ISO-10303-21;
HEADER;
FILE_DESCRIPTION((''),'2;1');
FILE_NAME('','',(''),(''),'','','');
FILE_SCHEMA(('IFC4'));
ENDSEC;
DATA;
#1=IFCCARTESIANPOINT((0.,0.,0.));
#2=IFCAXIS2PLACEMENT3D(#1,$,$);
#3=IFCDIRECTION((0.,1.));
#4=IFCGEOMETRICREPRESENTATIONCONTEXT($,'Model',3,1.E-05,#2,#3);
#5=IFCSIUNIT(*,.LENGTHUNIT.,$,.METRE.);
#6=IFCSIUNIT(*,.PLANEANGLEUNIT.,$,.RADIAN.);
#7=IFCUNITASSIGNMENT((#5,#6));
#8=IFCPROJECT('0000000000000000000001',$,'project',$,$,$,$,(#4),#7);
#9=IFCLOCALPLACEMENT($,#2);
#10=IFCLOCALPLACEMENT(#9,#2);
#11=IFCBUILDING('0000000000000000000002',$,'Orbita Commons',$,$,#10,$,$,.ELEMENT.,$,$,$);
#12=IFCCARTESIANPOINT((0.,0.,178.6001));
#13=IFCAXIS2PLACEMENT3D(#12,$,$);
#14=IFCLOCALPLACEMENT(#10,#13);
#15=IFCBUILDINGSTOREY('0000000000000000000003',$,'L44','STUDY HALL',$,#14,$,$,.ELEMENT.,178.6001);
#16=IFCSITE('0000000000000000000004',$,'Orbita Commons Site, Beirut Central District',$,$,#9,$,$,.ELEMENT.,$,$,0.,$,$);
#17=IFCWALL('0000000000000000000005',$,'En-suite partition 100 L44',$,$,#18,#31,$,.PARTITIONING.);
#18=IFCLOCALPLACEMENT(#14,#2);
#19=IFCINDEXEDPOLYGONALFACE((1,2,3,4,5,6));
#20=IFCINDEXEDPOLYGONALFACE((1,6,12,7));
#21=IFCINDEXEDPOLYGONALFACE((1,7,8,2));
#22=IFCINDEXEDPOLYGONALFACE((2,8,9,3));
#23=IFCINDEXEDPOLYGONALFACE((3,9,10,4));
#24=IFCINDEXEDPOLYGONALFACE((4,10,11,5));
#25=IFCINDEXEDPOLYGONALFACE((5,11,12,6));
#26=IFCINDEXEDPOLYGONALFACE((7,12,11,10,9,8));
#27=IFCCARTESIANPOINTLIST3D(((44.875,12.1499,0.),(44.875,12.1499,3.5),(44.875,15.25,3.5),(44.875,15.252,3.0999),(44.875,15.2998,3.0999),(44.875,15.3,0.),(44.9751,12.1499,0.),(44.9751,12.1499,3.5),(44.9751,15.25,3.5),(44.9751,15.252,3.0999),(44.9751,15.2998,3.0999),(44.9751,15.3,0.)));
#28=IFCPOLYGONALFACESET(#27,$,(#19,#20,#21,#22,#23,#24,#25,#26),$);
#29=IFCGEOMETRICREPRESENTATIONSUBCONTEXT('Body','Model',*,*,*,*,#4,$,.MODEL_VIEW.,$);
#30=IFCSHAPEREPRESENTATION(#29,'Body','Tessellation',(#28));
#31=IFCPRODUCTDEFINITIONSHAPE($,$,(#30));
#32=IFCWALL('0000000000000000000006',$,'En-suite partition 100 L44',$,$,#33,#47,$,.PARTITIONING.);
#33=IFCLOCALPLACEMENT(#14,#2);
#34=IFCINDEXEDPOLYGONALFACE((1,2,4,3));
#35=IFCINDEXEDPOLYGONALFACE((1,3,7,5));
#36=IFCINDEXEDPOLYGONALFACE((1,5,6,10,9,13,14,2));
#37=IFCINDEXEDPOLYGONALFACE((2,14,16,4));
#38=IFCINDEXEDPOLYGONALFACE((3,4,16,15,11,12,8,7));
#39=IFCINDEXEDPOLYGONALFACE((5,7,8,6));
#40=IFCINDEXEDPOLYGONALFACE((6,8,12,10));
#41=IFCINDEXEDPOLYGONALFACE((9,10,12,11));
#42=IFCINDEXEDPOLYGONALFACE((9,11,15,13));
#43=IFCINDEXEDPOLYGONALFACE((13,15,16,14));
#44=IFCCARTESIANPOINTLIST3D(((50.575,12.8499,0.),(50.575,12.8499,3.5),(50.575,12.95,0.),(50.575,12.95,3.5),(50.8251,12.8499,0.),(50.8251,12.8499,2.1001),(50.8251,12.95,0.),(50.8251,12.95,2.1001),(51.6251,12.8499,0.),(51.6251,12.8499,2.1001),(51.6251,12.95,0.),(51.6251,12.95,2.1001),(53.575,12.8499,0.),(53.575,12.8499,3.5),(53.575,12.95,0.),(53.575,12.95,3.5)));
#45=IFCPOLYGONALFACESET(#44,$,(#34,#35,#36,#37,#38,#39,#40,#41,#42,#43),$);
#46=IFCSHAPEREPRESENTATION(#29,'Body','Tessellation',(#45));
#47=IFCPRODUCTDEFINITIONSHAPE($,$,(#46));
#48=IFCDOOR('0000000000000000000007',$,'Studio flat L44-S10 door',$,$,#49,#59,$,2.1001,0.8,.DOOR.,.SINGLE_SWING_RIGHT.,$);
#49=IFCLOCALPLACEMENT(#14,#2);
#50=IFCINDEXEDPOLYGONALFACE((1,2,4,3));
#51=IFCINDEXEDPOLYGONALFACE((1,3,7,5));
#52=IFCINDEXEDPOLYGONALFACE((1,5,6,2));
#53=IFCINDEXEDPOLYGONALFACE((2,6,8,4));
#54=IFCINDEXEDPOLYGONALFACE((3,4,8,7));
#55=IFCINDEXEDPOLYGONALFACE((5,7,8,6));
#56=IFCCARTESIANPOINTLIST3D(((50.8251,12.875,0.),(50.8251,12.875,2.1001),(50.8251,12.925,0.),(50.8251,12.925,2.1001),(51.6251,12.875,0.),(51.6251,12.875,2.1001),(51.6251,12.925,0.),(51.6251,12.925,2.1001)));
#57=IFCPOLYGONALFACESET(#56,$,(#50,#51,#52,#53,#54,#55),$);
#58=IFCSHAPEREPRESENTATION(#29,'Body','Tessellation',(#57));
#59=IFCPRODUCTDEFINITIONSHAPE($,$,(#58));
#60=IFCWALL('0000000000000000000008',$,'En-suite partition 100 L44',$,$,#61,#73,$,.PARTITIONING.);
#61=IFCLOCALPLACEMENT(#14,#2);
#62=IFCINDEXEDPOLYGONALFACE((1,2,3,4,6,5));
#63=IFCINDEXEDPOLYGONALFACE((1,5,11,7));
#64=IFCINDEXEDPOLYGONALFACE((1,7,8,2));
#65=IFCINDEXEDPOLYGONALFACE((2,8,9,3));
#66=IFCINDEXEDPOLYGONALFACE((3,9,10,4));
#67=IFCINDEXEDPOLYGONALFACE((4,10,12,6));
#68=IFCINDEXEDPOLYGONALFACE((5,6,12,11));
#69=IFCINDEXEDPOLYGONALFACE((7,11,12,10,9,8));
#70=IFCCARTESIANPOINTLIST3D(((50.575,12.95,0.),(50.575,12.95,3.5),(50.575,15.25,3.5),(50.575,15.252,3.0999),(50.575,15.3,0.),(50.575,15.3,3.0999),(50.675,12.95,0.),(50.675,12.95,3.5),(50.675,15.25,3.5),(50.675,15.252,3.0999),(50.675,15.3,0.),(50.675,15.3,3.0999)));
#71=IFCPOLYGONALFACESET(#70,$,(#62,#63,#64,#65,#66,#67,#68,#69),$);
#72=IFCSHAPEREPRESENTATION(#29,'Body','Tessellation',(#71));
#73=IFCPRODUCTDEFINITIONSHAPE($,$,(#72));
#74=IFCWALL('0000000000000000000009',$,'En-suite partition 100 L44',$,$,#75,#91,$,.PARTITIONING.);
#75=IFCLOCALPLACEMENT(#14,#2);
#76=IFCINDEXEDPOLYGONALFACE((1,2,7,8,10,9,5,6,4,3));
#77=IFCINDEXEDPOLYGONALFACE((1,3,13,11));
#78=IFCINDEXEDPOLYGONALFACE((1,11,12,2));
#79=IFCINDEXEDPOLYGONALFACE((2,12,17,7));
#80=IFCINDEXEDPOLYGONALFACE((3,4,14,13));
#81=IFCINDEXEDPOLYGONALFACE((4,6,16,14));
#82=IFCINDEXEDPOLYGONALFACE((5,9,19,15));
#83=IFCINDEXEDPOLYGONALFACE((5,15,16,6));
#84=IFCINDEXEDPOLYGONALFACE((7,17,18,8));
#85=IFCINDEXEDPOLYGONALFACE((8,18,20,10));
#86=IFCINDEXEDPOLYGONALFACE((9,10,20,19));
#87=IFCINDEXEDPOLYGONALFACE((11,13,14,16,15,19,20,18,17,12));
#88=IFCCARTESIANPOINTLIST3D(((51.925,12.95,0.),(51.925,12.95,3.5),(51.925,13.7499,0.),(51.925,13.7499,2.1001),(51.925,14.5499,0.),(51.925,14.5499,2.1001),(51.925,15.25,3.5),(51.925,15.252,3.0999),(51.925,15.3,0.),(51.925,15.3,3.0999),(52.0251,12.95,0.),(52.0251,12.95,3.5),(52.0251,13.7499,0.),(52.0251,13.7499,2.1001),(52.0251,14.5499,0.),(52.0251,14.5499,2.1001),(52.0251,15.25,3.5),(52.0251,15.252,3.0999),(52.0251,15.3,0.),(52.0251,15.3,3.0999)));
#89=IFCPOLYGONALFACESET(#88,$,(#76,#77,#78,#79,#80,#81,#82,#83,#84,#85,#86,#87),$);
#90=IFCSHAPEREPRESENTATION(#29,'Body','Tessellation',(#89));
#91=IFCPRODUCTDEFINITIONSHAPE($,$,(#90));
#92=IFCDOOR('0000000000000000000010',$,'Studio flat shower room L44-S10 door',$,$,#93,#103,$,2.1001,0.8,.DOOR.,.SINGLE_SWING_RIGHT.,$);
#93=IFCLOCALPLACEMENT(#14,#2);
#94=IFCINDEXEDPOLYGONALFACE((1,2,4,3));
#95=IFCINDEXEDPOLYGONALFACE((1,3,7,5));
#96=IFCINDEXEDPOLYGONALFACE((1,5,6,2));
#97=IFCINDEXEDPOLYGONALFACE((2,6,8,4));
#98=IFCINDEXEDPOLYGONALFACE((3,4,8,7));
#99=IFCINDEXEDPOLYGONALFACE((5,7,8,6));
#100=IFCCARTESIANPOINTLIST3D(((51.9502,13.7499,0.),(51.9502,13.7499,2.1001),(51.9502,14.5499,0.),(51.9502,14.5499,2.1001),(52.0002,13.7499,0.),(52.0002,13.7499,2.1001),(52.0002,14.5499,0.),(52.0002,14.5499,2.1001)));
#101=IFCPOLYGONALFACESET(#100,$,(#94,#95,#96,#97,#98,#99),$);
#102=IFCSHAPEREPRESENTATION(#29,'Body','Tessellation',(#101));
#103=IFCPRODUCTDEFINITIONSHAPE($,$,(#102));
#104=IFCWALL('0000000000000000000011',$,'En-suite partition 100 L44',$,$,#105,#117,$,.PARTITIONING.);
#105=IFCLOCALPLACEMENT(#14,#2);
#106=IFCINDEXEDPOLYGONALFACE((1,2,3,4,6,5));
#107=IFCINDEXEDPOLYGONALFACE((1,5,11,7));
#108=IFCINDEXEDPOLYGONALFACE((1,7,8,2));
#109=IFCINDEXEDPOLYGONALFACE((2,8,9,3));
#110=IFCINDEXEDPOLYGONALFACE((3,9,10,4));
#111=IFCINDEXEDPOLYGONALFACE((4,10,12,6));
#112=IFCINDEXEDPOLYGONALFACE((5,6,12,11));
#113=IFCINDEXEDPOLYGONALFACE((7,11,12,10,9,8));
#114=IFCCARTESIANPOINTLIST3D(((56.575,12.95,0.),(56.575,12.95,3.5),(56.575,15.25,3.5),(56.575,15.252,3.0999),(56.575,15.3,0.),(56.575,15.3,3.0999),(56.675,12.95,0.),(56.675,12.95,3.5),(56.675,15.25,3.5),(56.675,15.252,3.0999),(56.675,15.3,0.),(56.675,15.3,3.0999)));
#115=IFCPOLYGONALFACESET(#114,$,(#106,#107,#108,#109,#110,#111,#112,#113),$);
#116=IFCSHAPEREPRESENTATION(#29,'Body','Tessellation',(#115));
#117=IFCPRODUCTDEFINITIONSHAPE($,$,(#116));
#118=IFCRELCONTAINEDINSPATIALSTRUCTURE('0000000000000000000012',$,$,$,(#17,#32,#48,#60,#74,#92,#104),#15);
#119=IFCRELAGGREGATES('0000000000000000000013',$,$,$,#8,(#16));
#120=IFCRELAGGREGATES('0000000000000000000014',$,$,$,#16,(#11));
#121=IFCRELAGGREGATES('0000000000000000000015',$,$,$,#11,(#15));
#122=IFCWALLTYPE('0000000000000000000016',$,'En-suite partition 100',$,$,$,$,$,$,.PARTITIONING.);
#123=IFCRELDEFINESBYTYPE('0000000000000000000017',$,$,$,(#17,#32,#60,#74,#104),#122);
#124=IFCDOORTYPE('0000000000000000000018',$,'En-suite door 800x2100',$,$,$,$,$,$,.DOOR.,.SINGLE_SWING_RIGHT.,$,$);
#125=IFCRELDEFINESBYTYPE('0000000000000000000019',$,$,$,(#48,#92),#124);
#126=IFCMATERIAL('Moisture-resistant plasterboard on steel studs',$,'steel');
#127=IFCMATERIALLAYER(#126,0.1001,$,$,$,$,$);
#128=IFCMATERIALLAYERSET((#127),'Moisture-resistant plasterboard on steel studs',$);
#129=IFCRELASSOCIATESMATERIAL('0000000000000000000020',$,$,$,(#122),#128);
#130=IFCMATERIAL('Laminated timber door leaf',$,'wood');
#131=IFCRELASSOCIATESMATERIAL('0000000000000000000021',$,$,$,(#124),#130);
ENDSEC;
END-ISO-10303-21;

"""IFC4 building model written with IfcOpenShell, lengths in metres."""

from ifc_helpers import new_model, si_unit, direction, frame, frame_2d, origin, place, context, subcontext, project, spatial, polyline, rectangle, outline, extrude, material, layer, layer_set, type_object, element, fill, save


model = new_model("IFC4")

# Units and contexts
model_context = context("Model", 3, precision=1e-05, world=origin(), true_north=direction((0.0, 1.0)))
body_context = subcontext(model_context, "Body", "Model", "MODEL_VIEW")
ifc_project = project(units=[si_unit("LENGTHUNIT", "METRE"), si_unit("PLANEANGLEUNIT", "RADIAN")], contexts=[model_context])

# Site, building, storey
site_placement = place(None, origin())
site = spatial("IfcSite", under=ifc_project, at=site_placement, Name="Orbita Commons Site, Beirut Central District", CompositionType="ELEMENT", RefElevation=0.0)
building_placement = place(site_placement, origin())
building = spatial("IfcBuilding", under=site, at=building_placement, Name="Orbita Commons", CompositionType="ELEMENT")
storey_placement = place(building_placement, frame((0.0, 0.0, 178.6001)))
storey = spatial("IfcBuildingStorey", under=building, at=storey_placement, Name="L44", Description="STUDY HALL", CompositionType="ELEMENT", Elevation=178.6001)

# Shared definitions
ifc_material_1 = material(Name="Moisture-resistant plasterboard on steel studs", Category="steel")
ifc_layer_1 = layer(ifc_material_1, 0.1001)
ifc_layer_set_1 = layer_set([ifc_layer_1], Name="Moisture-resistant plasterboard on steel studs")
wall_type_1 = type_object("IfcWallType", Name="En-suite partition 100", PredefinedType="PARTITIONING", material=ifc_layer_set_1)

# Wall
wall_1_placement = place(storey_placement, frame((44.925, 12.1499, 0.0), z_axis=(0.0, 0.0, 1.0), x_axis=(0.0, 1.0, 0.0)))
element("IfcWall", 1, at=wall_1_placement, inside=storey, type_object=wall_type_1, Name="En-suite partition 100 L44", PredefinedType="PARTITIONING", context=body_context, shape_type="SweptSolid", body=[
    extrude(outline(polyline([(0.0, 0.0), (3.1501, 0.0), (3.1499, 3.0999), (3.1021, 3.0999), (3.1001, 3.5), (0.0, 3.5), (0.0, 0.0)])), frame((0.0, 0.05, 0.0), z_axis=(0.0, -1.0, 0.0), x_axis=(1.0, 0.0, 0.0)), (0.0, 0.0, 1.0), 0.1001),
])

# Wall, opening, door
wall_2_placement = place(storey_placement, frame((53.575, 12.8999, 0.0), z_axis=(0.0, 0.0, 1.0), x_axis=(-1.0, 0.0, 0.0)))
wall_2 = element("IfcWall", 2, at=wall_2_placement, inside=storey, type_object=wall_type_1, Name="En-suite partition 100 L44", PredefinedType="PARTITIONING", context=body_context, shape_type="SweptSolid", body=[
    extrude(rectangle(XDim=3.0, YDim=0.1001, at=frame_2d((1.5, 0.0))), origin(), (0.0, 0.0, 1.0), 3.5),
])
opening_1_placement = place(wall_2_placement, frame((1.95, 0.0, 0.0)))
opening_1 = element("IfcOpeningElement", 3, at=opening_1_placement, cuts=wall_2, PredefinedType="OPENING", context=body_context, shape_type="SweptSolid", body=[
    extrude(rectangle(XDim=0.8, YDim=2.1001, at=frame_2d((0.3999, 1.05))), frame((0.0, 0.0601, 0.0), z_axis=(0.0, -1.0, 0.0), x_axis=(1.0, 0.0, 0.0)), (0.0, 0.0, 1.0), 0.1201),
])
ifc_material_2 = material(Name="Laminated timber door leaf", Category="wood")
door_type_1 = type_object("IfcDoorType", Name="En-suite door 800x2100", OperationType="SINGLE_SWING_RIGHT", PredefinedType="DOOR", material=ifc_material_2)
door_1_placement = place(opening_1_placement, origin())
door_1 = element("IfcDoor", 4, at=door_1_placement, inside=storey, type_object=door_type_1, Name="Studio flat L44-S10 door", OperationType="SINGLE_SWING_RIGHT", OverallHeight=2.1001, OverallWidth=0.8, PredefinedType="DOOR", context=body_context, shape_type="SweptSolid", body=[
    extrude(rectangle(XDim=0.8, YDim=2.1001, at=frame_2d((0.3999, 1.05))), frame((0.0, 0.0249, 0.0), z_axis=(0.0, -1.0, 0.0), x_axis=(1.0, 0.0, 0.0)), (0.0, 0.0, 1.0), 0.05),
])
fill(opening_1, door_1)

# Wall
wall_3_placement = place(storey_placement, frame((50.625, 12.95, 0.0), z_axis=(0.0, 0.0, 1.0), x_axis=(0.0, 1.0, 0.0)))
element("IfcWall", 5, at=wall_3_placement, inside=storey, type_object=wall_type_1, Name="En-suite partition 100 L44", PredefinedType="PARTITIONING", context=body_context, shape_type="SweptSolid", body=[
    extrude(outline(polyline([(0.0, 0.0), (2.3501, 0.0), (2.3501, 3.0999), (2.302, 3.0999), (2.3, 3.5), (0.0, 3.5), (0.0, 0.0)])), frame((0.0, 0.05, 0.0), z_axis=(0.0, -1.0, 0.0), x_axis=(1.0, 0.0, 0.0)), (0.0, 0.0, 1.0), 0.1001),
])

# Wall, opening, door
wall_4_placement = place(storey_placement, frame((51.9751, 12.95, 0.0), z_axis=(0.0, 0.0, 1.0), x_axis=(0.0, 1.0, 0.0)))
wall_4 = element("IfcWall", 6, at=wall_4_placement, inside=storey, type_object=wall_type_1, Name="En-suite partition 100 L44", PredefinedType="PARTITIONING", context=body_context, shape_type="SweptSolid", body=[
    extrude(outline(polyline([(0.0, 0.0), (2.3501, 0.0), (2.3501, 3.0999), (2.302, 3.0999), (2.3, 3.5), (0.0, 3.5), (0.0, 0.0)])), frame((0.0, 0.05, 0.0), z_axis=(0.0, -1.0, 0.0), x_axis=(1.0, 0.0, 0.0)), (0.0, 0.0, 1.0), 0.1001),
])
opening_2_placement = place(wall_4_placement, frame((0.8, 0.0, 0.0)))
opening_2 = element("IfcOpeningElement", 7, at=opening_2_placement, cuts=wall_4, PredefinedType="OPENING", context=body_context, shape_type="SweptSolid", body=[
    extrude(rectangle(XDim=0.8, YDim=2.1001, at=frame_2d((0.3999, 1.05))), frame((0.0, 0.0601, 0.0), z_axis=(0.0, -1.0, 0.0), x_axis=(1.0, 0.0, 0.0)), (0.0, 0.0, 1.0), 0.1201),
])
door_2_placement = place(opening_2_placement, origin())
door_2 = element("IfcDoor", 8, at=door_2_placement, inside=storey, type_object=door_type_1, Name="Studio flat shower room L44-S10 door", OperationType="SINGLE_SWING_RIGHT", OverallHeight=2.1001, OverallWidth=0.8, PredefinedType="DOOR", context=body_context, shape_type="SweptSolid", body=[
    extrude(rectangle(XDim=0.8, YDim=2.1001, at=frame_2d((0.3999, 1.05))), frame((0.0, 0.0249, 0.0), z_axis=(0.0, -1.0, 0.0), x_axis=(1.0, 0.0, 0.0)), (0.0, 0.0, 1.0), 0.05),
])
fill(opening_2, door_2)

# Wall
wall_5_placement = place(storey_placement, frame((56.625, 12.95, 0.0), z_axis=(0.0, 0.0, 1.0), x_axis=(0.0, 1.0, 0.0)))
element("IfcWall", 9, at=wall_5_placement, inside=storey, type_object=wall_type_1, Name="En-suite partition 100 L44", PredefinedType="PARTITIONING", context=body_context, shape_type="SweptSolid", body=[
    extrude(outline(polyline([(0.0, 0.0), (2.3501, 0.0), (2.3501, 3.0999), (2.302, 3.0999), (2.3, 3.5), (0.0, 3.5), (0.0, 0.0)])), frame((0.0, 0.05, 0.0), z_axis=(0.0, -1.0, 0.0), x_axis=(1.0, 0.0, 0.0)), (0.0, 0.0, 1.0), 0.1001),
])

save(model, "model.ifc")
